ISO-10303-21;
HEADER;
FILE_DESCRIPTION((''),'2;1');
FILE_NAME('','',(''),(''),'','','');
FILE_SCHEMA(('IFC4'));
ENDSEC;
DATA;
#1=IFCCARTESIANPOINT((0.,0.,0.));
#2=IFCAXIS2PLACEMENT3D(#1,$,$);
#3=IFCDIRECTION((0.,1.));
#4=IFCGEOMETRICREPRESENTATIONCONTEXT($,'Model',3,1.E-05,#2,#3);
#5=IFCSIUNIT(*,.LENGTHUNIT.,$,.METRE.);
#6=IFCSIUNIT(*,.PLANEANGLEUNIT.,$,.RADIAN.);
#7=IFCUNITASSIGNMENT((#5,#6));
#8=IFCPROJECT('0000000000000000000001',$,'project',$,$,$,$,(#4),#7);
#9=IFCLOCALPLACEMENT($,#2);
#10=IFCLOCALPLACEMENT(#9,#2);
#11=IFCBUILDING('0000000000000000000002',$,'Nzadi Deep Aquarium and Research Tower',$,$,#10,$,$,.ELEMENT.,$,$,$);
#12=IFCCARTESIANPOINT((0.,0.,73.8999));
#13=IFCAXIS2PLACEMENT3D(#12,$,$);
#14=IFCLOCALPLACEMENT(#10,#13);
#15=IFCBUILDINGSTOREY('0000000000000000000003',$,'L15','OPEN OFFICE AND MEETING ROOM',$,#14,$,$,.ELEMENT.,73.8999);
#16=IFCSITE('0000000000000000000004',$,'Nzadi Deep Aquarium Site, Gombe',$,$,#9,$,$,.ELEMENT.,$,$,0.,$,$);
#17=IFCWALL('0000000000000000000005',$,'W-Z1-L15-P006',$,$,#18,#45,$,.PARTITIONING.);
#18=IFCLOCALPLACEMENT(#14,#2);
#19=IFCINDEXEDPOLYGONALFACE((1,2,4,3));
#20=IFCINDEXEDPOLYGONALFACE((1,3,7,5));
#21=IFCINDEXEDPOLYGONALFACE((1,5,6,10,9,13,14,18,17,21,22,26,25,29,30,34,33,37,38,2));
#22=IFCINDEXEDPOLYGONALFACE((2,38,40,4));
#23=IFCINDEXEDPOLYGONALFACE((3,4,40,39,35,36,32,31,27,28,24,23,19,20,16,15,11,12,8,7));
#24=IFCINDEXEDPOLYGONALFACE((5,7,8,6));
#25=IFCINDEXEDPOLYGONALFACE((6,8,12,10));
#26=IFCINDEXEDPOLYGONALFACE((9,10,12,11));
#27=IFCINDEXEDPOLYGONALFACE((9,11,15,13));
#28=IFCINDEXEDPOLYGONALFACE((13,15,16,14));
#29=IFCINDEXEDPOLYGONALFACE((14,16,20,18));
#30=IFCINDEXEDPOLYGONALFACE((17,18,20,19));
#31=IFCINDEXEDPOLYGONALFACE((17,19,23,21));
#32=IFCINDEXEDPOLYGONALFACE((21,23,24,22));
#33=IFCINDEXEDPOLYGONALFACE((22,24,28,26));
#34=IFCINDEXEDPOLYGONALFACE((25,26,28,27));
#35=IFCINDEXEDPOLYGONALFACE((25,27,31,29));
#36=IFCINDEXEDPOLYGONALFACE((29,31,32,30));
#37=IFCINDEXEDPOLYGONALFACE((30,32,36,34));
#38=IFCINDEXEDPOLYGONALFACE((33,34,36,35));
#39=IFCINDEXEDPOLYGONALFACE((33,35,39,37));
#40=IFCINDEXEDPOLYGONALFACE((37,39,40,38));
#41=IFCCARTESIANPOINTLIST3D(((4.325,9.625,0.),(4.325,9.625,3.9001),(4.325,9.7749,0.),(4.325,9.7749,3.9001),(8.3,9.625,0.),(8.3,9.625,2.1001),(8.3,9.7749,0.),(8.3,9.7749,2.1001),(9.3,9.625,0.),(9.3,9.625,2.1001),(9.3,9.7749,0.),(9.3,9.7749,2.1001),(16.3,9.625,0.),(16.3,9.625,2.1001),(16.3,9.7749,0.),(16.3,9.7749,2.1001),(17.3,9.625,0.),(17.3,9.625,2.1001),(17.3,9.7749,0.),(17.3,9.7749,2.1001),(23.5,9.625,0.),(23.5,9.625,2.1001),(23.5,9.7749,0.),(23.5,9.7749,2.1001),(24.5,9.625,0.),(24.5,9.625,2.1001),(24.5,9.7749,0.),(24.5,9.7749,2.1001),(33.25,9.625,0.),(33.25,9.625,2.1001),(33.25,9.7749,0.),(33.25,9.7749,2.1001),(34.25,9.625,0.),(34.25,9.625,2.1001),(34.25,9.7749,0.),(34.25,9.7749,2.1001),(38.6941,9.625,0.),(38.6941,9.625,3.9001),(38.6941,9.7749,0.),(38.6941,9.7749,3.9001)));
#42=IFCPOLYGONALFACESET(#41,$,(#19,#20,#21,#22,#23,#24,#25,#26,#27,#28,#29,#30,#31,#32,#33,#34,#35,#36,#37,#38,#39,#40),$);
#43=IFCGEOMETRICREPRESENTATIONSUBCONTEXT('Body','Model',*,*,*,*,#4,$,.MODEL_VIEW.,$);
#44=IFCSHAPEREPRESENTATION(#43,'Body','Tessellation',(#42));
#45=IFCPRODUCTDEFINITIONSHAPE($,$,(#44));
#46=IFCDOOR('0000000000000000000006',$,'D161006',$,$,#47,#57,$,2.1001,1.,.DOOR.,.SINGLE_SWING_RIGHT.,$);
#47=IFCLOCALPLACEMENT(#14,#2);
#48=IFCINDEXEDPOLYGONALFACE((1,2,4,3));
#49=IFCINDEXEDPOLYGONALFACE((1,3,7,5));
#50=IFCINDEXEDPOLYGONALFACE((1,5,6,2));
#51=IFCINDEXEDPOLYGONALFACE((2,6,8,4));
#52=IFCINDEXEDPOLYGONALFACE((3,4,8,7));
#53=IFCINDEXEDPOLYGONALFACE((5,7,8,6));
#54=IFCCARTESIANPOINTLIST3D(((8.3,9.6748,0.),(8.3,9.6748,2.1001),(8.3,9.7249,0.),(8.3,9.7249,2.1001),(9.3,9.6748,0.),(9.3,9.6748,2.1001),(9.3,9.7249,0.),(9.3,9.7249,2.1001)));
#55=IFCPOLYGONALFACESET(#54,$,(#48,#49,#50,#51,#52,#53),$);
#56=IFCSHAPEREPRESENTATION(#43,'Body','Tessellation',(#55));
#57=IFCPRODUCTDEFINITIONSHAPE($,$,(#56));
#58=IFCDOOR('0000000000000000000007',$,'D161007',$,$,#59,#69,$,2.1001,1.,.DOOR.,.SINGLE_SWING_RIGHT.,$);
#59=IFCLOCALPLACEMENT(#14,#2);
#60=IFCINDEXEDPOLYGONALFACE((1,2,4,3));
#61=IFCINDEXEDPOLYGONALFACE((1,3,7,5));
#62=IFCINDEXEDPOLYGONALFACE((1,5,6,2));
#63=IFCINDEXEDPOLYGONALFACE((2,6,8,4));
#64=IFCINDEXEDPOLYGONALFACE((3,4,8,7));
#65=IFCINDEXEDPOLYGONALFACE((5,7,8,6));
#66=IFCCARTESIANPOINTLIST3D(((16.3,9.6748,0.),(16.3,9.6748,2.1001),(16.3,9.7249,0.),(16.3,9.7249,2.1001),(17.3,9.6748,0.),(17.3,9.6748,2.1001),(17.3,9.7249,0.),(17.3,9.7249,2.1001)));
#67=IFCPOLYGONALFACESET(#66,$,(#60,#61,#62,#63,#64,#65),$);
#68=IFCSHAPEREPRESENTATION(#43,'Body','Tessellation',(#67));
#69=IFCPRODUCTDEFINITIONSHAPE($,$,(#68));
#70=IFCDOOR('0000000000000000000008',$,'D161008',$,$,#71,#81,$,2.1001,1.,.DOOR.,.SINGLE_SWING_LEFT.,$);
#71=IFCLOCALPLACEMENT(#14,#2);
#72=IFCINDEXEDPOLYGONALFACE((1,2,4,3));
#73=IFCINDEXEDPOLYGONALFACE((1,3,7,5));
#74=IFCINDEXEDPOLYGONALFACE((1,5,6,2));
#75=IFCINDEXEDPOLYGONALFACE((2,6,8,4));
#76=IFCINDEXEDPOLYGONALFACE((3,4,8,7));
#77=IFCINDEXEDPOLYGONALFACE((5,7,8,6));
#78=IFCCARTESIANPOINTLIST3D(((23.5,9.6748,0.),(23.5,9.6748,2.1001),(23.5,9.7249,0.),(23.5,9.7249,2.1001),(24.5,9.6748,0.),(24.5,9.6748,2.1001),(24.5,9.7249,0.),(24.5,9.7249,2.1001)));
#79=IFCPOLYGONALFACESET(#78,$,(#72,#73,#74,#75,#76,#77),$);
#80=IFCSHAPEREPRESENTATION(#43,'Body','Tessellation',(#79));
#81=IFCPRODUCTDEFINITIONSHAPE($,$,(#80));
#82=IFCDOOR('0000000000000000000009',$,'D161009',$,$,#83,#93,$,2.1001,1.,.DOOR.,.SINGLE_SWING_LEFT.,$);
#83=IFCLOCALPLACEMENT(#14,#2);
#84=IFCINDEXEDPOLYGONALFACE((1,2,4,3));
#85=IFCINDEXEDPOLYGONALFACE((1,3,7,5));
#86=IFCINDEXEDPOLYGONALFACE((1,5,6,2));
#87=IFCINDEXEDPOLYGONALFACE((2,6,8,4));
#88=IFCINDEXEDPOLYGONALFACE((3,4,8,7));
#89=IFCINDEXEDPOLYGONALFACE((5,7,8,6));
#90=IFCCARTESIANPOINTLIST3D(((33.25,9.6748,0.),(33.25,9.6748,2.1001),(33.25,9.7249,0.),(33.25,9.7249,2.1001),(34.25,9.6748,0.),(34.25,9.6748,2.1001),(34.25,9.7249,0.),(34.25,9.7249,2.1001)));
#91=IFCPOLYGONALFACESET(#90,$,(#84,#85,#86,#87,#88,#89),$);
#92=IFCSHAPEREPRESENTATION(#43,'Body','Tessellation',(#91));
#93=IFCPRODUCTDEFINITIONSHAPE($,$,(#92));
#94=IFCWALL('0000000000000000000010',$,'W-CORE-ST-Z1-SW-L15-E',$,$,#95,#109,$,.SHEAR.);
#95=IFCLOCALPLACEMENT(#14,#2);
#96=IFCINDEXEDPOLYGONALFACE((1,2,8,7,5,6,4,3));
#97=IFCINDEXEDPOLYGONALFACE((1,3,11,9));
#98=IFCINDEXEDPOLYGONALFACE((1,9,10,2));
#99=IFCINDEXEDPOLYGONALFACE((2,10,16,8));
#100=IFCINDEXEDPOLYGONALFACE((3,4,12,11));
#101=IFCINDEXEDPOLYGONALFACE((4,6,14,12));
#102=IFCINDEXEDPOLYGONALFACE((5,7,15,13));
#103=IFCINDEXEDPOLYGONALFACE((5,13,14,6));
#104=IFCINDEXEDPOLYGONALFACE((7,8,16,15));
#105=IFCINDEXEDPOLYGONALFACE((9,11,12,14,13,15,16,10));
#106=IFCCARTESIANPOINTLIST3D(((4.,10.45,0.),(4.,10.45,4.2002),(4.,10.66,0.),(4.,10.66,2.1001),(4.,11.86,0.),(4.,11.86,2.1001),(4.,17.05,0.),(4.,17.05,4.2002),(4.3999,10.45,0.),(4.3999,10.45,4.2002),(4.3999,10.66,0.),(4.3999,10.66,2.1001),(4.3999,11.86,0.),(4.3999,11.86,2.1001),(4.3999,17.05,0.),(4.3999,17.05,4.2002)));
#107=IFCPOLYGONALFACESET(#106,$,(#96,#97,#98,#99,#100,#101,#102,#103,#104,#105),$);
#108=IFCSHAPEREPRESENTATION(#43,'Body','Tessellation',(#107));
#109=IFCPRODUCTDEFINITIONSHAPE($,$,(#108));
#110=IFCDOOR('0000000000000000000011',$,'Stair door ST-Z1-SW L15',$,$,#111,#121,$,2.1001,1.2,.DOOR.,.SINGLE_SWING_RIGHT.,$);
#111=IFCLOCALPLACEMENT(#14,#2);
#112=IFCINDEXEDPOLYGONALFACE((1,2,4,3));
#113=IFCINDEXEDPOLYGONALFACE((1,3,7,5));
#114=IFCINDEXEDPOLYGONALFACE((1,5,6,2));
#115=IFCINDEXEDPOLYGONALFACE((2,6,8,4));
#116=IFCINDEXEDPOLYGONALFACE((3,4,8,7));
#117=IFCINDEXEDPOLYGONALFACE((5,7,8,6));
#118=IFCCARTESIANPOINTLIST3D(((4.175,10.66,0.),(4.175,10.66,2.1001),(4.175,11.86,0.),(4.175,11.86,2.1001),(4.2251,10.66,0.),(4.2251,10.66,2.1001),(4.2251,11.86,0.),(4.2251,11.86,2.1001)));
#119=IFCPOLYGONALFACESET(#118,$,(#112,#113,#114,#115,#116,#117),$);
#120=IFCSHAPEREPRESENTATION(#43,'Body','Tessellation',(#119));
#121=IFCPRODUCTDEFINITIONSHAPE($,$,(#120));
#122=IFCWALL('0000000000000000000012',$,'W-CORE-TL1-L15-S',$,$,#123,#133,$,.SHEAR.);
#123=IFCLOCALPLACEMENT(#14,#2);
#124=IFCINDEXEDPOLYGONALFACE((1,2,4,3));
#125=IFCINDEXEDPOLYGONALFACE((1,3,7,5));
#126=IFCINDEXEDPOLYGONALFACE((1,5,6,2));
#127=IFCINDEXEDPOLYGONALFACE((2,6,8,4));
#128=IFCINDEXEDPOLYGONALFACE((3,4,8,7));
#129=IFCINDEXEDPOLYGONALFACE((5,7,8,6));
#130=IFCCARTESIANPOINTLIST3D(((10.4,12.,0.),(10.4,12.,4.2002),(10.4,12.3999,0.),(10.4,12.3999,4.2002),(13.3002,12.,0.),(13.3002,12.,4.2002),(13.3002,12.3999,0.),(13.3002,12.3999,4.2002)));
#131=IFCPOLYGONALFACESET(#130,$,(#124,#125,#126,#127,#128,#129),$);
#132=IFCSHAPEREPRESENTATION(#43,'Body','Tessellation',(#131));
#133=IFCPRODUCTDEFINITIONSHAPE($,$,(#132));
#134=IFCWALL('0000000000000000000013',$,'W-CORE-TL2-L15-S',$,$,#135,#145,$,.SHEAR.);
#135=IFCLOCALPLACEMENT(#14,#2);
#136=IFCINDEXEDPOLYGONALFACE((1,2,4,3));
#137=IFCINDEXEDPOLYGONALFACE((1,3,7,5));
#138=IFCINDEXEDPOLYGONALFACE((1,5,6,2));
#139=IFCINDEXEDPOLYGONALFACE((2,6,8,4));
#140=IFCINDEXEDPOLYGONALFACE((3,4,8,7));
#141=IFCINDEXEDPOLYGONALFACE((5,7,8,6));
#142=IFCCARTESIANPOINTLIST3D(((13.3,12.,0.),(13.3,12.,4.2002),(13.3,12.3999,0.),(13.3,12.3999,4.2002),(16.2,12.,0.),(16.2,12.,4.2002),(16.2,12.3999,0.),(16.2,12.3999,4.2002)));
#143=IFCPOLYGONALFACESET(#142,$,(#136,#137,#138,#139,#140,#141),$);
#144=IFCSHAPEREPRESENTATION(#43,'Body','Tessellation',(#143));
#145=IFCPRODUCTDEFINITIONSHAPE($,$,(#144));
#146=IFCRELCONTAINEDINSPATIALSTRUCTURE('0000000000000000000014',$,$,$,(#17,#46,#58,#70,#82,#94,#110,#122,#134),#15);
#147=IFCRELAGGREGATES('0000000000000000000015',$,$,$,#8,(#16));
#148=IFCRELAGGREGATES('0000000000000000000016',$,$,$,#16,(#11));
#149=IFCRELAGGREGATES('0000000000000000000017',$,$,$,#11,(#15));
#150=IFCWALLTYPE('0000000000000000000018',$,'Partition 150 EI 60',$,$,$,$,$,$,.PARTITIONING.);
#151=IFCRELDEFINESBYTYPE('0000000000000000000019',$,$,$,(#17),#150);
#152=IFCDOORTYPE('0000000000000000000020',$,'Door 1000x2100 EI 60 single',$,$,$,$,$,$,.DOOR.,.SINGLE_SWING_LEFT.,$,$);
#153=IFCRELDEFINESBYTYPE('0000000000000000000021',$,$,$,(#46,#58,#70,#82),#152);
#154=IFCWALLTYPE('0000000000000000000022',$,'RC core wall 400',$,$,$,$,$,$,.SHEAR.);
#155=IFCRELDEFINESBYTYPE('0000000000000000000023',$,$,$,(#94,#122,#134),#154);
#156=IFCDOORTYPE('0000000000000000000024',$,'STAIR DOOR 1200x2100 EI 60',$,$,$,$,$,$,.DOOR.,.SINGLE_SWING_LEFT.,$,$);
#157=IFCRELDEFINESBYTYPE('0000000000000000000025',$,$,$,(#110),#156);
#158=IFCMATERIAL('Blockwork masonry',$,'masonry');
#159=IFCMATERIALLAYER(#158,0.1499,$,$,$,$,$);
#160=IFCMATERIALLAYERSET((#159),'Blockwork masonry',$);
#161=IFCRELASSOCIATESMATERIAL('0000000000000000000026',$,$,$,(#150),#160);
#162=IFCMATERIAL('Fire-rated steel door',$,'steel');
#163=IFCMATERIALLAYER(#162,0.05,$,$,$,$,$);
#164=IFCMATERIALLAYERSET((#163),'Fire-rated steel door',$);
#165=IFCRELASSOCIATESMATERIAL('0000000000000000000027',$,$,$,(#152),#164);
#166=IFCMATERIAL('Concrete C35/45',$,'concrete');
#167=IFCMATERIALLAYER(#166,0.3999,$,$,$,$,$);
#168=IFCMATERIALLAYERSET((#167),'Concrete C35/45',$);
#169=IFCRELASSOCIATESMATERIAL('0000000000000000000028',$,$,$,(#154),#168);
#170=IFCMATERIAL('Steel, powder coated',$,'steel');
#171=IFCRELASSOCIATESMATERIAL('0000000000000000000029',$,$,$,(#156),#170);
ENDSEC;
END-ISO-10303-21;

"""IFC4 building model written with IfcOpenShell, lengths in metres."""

from ifc_helpers import new_model, si_unit, direction, frame, frame_2d, origin, place, context, subcontext, project, spatial, rectangle, extrude, material, layer, layer_set, type_object, element, fill, save


model = new_model("IFC4")

# Units and contexts
model_context = context("Model", 3, precision=1e-05, world=origin(), true_north=direction((0.0, 1.0)))
body_context = subcontext(model_context, "Body", "Model", "MODEL_VIEW")
ifc_project = project(units=[si_unit("LENGTHUNIT", "METRE"), si_unit("PLANEANGLEUNIT", "RADIAN")], contexts=[model_context])

# Site, building, storey
site_placement = place(None, origin())
site = spatial("IfcSite", under=ifc_project, at=site_placement, Name="Nzadi Deep Aquarium Site, Gombe", CompositionType="ELEMENT", RefElevation=0.0)
building_placement = place(site_placement, origin())
building = spatial("IfcBuilding", under=site, at=building_placement, Name="Nzadi Deep Aquarium and Research Tower", CompositionType="ELEMENT")
storey_placement = place(building_placement, frame((0.0, 0.0, 73.8999)))
storey = spatial("IfcBuildingStorey", under=building, at=storey_placement, Name="L15", Description="OPEN OFFICE AND MEETING ROOM", CompositionType="ELEMENT", Elevation=73.8999)

# Wall, openings, doors
ifc_material_1 = material(Name="Blockwork masonry", Category="masonry")
ifc_layer_1 = layer(ifc_material_1, 0.1499)
ifc_layer_set_1 = layer_set([ifc_layer_1], Name="Blockwork masonry")
wall_type_1 = type_object("IfcWallType", Name="Partition 150 EI 60", PredefinedType="PARTITIONING", material=ifc_layer_set_1)
wall_1_placement = place(storey_placement, frame((4.325, 9.7, 0.0), z_axis=(0.0, 0.0, 1.0), x_axis=(1.0, 0.0, 0.0)))
wall_1 = element("IfcWall", 1, at=wall_1_placement, inside=storey, type_object=wall_type_1, Name="W-Z1-L15-P006", PredefinedType="PARTITIONING", context=body_context, shape_type="SweptSolid", body=[
    extrude(rectangle(XDim=34.3691, YDim=0.1499, at=frame_2d((17.1846, 0.0))), origin(), (0.0, 0.0, 1.0), 3.9001),
])
opening_1_placement = place(wall_1_placement, frame((3.9751, 0.0, 0.0)))
opening_1 = element("IfcOpeningElement", 2, at=opening_1_placement, cuts=wall_1, PredefinedType="OPENING", context=body_context, shape_type="SweptSolid", body=[
    extrude(rectangle(XDim=1.0, YDim=2.1001, at=frame_2d((0.5, 1.05))), frame((0.0, 0.085, 0.0), z_axis=(0.0, -1.0, 0.0), x_axis=(1.0, 0.0, 0.0)), (0.0, 0.0, 1.0), 0.1699),
])
opening_2_placement = place(wall_1_placement, frame((11.9751, 0.0, 0.0)))
opening_2 = element("IfcOpeningElement", 3, at=opening_2_placement, cuts=wall_1, PredefinedType="OPENING", context=body_context, shape_type="SweptSolid", body=[
    extrude(rectangle(XDim=1.0, YDim=2.1001, at=frame_2d((0.5, 1.05))), frame((0.0, 0.085, 0.0), z_axis=(0.0, -1.0, 0.0), x_axis=(1.0, 0.0, 0.0)), (0.0, 0.0, 1.0), 0.1699),
])
opening_3_placement = place(wall_1_placement, frame((19.175, 0.0, 0.0)))
opening_3 = element("IfcOpeningElement", 4, at=opening_3_placement, cuts=wall_1, PredefinedType="OPENING", context=body_context, shape_type="SweptSolid", body=[
    extrude(rectangle(XDim=1.0, YDim=2.1001, at=frame_2d((0.5, 1.05))), frame((0.0, 0.085, 0.0), z_axis=(0.0, -1.0, 0.0), x_axis=(1.0, 0.0, 0.0)), (0.0, 0.0, 1.0), 0.1699),
])
opening_4_placement = place(wall_1_placement, frame((28.925, 0.0, 0.0)))
opening_4 = element("IfcOpeningElement", 5, at=opening_4_placement, cuts=wall_1, PredefinedType="OPENING", context=body_context, shape_type="SweptSolid", body=[
    extrude(rectangle(XDim=1.0, YDim=2.1001, at=frame_2d((0.5, 1.05))), frame((0.0, 0.085, 0.0), z_axis=(0.0, -1.0, 0.0), x_axis=(1.0, 0.0, 0.0)), (0.0, 0.0, 1.0), 0.1699),
])
ifc_material_2 = material(Name="Fire-rated steel door", Category="steel")
ifc_layer_2 = layer(ifc_material_2, 0.05)
ifc_layer_set_2 = layer_set([ifc_layer_2], Name="Fire-rated steel door")
door_type_1 = type_object("IfcDoorType", Name="Door 1000x2100 EI 60 single", OperationType="SINGLE_SWING_LEFT", PredefinedType="DOOR", material=ifc_layer_set_2)
door_1_placement = place(opening_1_placement, origin())
door_1 = element("IfcDoor", 6, at=door_1_placement, inside=storey, type_object=door_type_1, Name="D161006", OperationType="SINGLE_SWING_RIGHT", OverallHeight=2.1001, OverallWidth=1.0, PredefinedType="DOOR", context=body_context, shape_type="SweptSolid", body=[
    extrude(rectangle(XDim=1.0, YDim=2.1001, at=frame_2d((0.5, 1.05))), frame((0.0, 0.0249, 0.0), z_axis=(0.0, -1.0, 0.0), x_axis=(1.0, 0.0, 0.0)), (0.0, 0.0, 1.0), 0.05),
])
fill(opening_1, door_1)
door_2_placement = place(opening_2_placement, origin())
door_2 = element("IfcDoor", 7, at=door_2_placement, inside=storey, type_object=door_type_1, Name="D161007", OperationType="SINGLE_SWING_RIGHT", OverallHeight=2.1001, OverallWidth=1.0, PredefinedType="DOOR", context=body_context, shape_type="SweptSolid", body=[
    extrude(rectangle(XDim=1.0, YDim=2.1001, at=frame_2d((0.5, 1.05))), frame((0.0, 0.0249, 0.0), z_axis=(0.0, -1.0, 0.0), x_axis=(1.0, 0.0, 0.0)), (0.0, 0.0, 1.0), 0.05),
])
fill(opening_2, door_2)
door_3_placement = place(opening_3_placement, origin())
door_3 = element("IfcDoor", 8, at=door_3_placement, inside=storey, type_object=door_type_1, Name="D161008", OperationType="SINGLE_SWING_LEFT", OverallHeight=2.1001, OverallWidth=1.0, PredefinedType="DOOR", context=body_context, shape_type="SweptSolid", body=[
    extrude(rectangle(XDim=1.0, YDim=2.1001, at=frame_2d((0.5, 1.05))), frame((0.0, 0.0249, 0.0), z_axis=(0.0, -1.0, 0.0), x_axis=(1.0, 0.0, 0.0)), (0.0, 0.0, 1.0), 0.05),
])
fill(opening_3, door_3)
door_4_placement = place(opening_4_placement, origin())
door_4 = element("IfcDoor", 9, at=door_4_placement, inside=storey, type_object=door_type_1, Name="D161009", OperationType="SINGLE_SWING_LEFT", OverallHeight=2.1001, OverallWidth=1.0, PredefinedType="DOOR", context=body_context, shape_type="SweptSolid", body=[
    extrude(rectangle(XDim=1.0, YDim=2.1001, at=frame_2d((0.5, 1.05))), frame((0.0, 0.0249, 0.0), z_axis=(0.0, -1.0, 0.0), x_axis=(1.0, 0.0, 0.0)), (0.0, 0.0, 1.0), 0.05),
])
fill(opening_4, door_4)

# Wall, opening, door
ifc_material_3 = material(Name="Concrete C35/45", Category="concrete")
ifc_layer_3 = layer(ifc_material_3, 0.3999)
ifc_layer_set_3 = layer_set([ifc_layer_3], Name="Concrete C35/45")
wall_type_2 = type_object("IfcWallType", Name="RC core wall 400", PredefinedType="SHEAR", material=ifc_layer_set_3)
wall_2_placement = place(storey_placement, frame((4.2, 10.45, 0.0), z_axis=(0.0, 0.0, 1.0), x_axis=(0.0, 1.0, 0.0)))
wall_2 = element("IfcWall", 10, at=wall_2_placement, inside=storey, type_object=wall_type_2, Name="W-CORE-ST-Z1-SW-L15-E", PredefinedType="SHEAR", context=body_context, shape_type="SweptSolid", body=[
    extrude(rectangle(XDim=6.6001, YDim=0.3999, at=frame_2d((3.3, 0.0))), origin(), (0.0, 0.0, 1.0), 4.2002),
])
opening_5_placement = place(wall_2_placement, frame((0.21, 0.0, 0.0)))
opening_5 = element("IfcOpeningElement", 11, at=opening_5_placement, cuts=wall_2, PredefinedType="OPENING", context=body_context, shape_type="SweptSolid", body=[
    extrude(rectangle(XDim=1.2, YDim=2.1001, at=frame_2d((0.6001, 1.05))), frame((0.0, 0.21, 0.0), z_axis=(0.0, -1.0, 0.0), x_axis=(1.0, 0.0, 0.0)), (0.0, 0.0, 1.0), 0.4199),
])
ifc_material_4 = material(Name="Steel, powder coated", Category="steel")
door_type_2 = type_object("IfcDoorType", Name="STAIR DOOR 1200x2100 EI 60", OperationType="SINGLE_SWING_LEFT", PredefinedType="DOOR", material=ifc_material_4)
door_5_placement = place(opening_5_placement, origin())
door_5 = element("IfcDoor", 12, at=door_5_placement, inside=storey, type_object=door_type_2, Name="Stair door ST-Z1-SW L15", OperationType="SINGLE_SWING_RIGHT", OverallHeight=2.1001, OverallWidth=1.2, PredefinedType="DOOR", context=body_context, shape_type="SweptSolid", body=[
    extrude(rectangle(XDim=1.2, YDim=2.1001, at=frame_2d((0.6001, 1.05))), frame((0.0, 0.0249, 0.0), z_axis=(0.0, -1.0, 0.0), x_axis=(1.0, 0.0, 0.0)), (0.0, 0.0, 1.0), 0.05),
])
fill(opening_5, door_5)

# Walls
wall_3_placement = place(storey_placement, frame((10.3999, 12.2, 0.0), z_axis=(0.0, 0.0, 1.0), x_axis=(1.0, 0.0, 0.0)))
element("IfcWall", 13, at=wall_3_placement, inside=storey, type_object=wall_type_2, Name="W-CORE-TL1-L15-S", PredefinedType="SHEAR", context=body_context, shape_type="SweptSolid", body=[
    extrude(rectangle(XDim=2.9001, YDim=0.3999, at=frame_2d((1.4502, 0.0))), origin(), (0.0, 0.0, 1.0), 4.2002),
])
wall_4_placement = place(storey_placement, frame((13.3, 12.2, 0.0), z_axis=(0.0, 0.0, 1.0), x_axis=(1.0, 0.0, 0.0)))
element("IfcWall", 14, at=wall_4_placement, inside=storey, type_object=wall_type_2, Name="W-CORE-TL2-L15-S", PredefinedType="SHEAR", context=body_context, shape_type="SweptSolid", body=[
    extrude(rectangle(XDim=2.8999, YDim=0.3999, at=frame_2d((1.45, 0.0))), origin(), (0.0, 0.0, 1.0), 4.2002),
])

save(model, "model.ifc")
